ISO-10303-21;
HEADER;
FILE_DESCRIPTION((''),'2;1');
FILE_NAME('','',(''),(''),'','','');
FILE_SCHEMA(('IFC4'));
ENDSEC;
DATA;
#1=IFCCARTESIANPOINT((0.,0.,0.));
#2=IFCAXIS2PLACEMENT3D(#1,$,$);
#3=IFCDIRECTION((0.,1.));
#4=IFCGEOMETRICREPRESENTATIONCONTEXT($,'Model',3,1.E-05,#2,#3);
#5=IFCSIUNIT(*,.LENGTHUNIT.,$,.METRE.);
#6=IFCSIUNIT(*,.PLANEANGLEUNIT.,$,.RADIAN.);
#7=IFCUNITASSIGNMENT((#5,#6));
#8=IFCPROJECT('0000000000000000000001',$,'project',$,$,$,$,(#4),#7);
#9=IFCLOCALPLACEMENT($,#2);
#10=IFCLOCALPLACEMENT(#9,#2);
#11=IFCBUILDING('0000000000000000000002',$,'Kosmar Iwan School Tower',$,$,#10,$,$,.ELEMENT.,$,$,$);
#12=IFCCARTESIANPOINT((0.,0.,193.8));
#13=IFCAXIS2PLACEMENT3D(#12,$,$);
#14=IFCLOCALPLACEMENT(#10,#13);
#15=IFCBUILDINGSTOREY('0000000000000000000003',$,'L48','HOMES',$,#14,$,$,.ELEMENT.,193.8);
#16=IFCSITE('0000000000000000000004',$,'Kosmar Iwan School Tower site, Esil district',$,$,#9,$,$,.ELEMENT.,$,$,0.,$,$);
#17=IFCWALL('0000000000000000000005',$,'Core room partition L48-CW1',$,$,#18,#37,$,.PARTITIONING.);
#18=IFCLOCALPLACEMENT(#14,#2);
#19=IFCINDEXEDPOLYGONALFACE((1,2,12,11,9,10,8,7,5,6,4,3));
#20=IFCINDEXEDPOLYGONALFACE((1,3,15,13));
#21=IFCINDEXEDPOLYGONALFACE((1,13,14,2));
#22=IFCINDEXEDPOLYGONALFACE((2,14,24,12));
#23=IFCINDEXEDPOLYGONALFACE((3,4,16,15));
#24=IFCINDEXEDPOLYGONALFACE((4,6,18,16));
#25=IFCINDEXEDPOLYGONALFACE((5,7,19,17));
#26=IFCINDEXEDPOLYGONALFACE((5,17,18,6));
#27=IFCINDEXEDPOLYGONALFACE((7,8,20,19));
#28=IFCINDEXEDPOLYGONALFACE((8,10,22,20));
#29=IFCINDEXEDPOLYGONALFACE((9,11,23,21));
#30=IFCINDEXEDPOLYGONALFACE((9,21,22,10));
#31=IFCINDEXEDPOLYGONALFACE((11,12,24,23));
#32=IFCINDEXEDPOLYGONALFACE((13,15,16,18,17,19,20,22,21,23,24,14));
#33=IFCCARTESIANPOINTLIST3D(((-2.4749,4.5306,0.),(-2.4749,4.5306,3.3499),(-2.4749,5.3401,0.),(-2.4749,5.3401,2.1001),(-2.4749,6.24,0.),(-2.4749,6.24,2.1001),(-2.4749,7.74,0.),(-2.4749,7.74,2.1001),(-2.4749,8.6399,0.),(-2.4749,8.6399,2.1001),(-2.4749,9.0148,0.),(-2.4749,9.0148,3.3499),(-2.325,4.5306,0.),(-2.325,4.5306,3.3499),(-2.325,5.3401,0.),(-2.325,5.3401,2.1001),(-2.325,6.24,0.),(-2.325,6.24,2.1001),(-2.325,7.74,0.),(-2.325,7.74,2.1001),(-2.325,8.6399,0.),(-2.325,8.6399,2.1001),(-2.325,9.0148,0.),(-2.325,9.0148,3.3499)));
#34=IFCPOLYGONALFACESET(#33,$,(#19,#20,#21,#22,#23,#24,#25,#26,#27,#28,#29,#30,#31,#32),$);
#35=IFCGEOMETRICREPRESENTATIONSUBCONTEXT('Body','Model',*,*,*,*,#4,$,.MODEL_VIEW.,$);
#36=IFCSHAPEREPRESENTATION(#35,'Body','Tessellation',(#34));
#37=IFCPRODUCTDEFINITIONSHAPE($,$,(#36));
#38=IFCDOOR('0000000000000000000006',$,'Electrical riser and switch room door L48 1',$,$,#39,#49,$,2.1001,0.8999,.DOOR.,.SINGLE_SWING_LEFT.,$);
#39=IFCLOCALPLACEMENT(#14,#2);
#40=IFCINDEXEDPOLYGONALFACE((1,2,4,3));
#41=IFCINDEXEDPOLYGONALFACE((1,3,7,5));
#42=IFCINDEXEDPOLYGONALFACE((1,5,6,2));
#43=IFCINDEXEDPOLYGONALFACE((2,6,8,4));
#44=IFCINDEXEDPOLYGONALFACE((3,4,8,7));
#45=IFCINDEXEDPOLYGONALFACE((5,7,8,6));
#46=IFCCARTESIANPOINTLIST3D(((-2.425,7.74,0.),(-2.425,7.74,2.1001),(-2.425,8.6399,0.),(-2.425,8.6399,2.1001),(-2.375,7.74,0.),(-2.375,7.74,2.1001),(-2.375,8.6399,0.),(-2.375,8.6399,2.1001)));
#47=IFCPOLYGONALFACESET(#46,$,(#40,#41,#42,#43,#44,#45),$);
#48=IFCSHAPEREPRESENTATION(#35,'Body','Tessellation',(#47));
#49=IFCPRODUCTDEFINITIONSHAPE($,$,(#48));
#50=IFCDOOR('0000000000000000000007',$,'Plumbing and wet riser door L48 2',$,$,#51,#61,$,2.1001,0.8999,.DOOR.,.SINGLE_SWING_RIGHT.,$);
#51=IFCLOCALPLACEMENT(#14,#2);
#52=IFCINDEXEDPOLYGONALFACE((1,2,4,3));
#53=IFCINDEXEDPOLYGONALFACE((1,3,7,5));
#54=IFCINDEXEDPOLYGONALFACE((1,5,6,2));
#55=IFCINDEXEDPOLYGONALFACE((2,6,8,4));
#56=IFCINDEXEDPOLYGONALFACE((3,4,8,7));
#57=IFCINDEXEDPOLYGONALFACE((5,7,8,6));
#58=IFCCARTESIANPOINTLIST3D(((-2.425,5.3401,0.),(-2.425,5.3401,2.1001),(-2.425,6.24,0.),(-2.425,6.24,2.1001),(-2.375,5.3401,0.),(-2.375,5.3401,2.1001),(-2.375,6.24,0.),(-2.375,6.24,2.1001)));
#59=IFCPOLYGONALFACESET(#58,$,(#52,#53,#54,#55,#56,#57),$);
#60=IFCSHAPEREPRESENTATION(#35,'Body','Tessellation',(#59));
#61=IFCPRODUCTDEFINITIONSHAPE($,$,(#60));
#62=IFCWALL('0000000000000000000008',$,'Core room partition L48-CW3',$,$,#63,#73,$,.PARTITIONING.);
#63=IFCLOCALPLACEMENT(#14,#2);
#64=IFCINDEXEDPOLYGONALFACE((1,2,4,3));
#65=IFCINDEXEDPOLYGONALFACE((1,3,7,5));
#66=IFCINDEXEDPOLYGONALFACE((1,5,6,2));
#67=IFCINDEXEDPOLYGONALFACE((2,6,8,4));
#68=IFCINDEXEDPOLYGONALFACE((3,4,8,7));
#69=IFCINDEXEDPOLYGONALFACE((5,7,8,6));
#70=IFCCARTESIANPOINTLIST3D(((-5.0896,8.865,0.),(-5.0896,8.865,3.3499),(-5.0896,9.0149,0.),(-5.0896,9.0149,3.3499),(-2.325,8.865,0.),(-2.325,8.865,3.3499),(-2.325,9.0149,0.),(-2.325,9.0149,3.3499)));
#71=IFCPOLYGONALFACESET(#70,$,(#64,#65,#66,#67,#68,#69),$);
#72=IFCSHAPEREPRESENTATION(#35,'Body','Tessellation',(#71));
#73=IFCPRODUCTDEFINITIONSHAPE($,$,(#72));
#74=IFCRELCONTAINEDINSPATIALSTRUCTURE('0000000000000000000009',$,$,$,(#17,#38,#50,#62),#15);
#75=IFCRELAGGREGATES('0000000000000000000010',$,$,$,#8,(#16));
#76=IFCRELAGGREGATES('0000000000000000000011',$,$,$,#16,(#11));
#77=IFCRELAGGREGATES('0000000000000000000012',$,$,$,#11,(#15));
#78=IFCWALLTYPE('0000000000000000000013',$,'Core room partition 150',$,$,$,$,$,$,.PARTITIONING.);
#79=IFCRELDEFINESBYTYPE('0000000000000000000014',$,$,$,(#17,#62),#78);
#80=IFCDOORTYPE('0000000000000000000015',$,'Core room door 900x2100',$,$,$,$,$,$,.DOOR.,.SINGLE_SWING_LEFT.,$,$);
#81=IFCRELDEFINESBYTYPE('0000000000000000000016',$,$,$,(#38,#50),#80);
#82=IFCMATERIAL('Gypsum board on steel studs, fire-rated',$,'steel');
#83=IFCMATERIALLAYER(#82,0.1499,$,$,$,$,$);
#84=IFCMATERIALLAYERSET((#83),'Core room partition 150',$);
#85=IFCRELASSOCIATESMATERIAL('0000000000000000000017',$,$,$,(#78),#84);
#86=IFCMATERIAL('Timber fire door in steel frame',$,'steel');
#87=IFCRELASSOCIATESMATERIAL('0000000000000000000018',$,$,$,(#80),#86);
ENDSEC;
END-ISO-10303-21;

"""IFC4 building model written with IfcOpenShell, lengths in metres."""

from ifc_helpers import new_model, si_unit, direction, frame, frame_2d, origin, place, context, subcontext, project, spatial, rectangle, extrude, material, layer, layer_set, type_object, element, fill, save


model = new_model("IFC4")

# Units and contexts
model_context = context("Model", 3, precision=1e-05, world=origin(), true_north=direction((0.0, 1.0)))
body_context = subcontext(model_context, "Body", "Model", "MODEL_VIEW")
ifc_project = project(units=[si_unit("LENGTHUNIT", "METRE"), si_unit("PLANEANGLEUNIT", "RADIAN")], contexts=[model_context])

# Site, building, storey
site_placement = place(None, origin())
site = spatial("IfcSite", under=ifc_project, at=site_placement, Name="Kosmar Iwan School Tower site, Esil district", CompositionType="ELEMENT", RefElevation=0.0)
building_placement = place(site_placement, origin())
building = spatial("IfcBuilding", under=site, at=building_placement, Name="Kosmar Iwan School Tower", CompositionType="ELEMENT")
storey_placement = place(building_placement, frame((0.0, 0.0, 193.8)))
storey = spatial("IfcBuildingStorey", under=building, at=storey_placement, Name="L48", Description="HOMES", CompositionType="ELEMENT", Elevation=193.8)

# Wall, openings, doors
ifc_material_1 = material(Name="Gypsum board on steel studs, fire-rated", Category="steel")
ifc_layer_1 = layer(ifc_material_1, 0.1499)
ifc_layer_set_1 = layer_set([ifc_layer_1], Name="Core room partition 150")
wall_type_1 = type_object("IfcWallType", Name="Core room partition 150", PredefinedType="PARTITIONING", material=ifc_layer_set_1)
wall_1_placement = place(storey_placement, frame((-2.3999, 9.0149, 0.0), z_axis=(0.0, 0.0, 1.0), x_axis=(0.0, -1.0, 0.0)))
wall_1 = element("IfcWall", 1, at=wall_1_placement, inside=storey, type_object=wall_type_1, Name="Core room partition L48-CW1", PredefinedType="PARTITIONING", context=body_context, shape_type="SweptSolid", body=[
    extrude(rectangle(XDim=4.4841, YDim=0.1499, at=frame_2d((2.2422, 0.0))), origin(), (0.0, 0.0, 1.0), 3.3499),
])
opening_1_placement = place(wall_1_placement, frame((0.375, 0.0, 0.0)))
opening_1 = element("IfcOpeningElement", 2, at=opening_1_placement, cuts=wall_1, PredefinedType="OPENING", context=body_context, shape_type="SweptSolid", body=[
    extrude(rectangle(XDim=0.8999, YDim=2.1001, at=frame_2d((0.45, 1.05))), frame((0.0, 0.0869, 0.0), z_axis=(0.0, -1.0, 0.0), x_axis=(1.0, 0.0, 0.0)), (0.0, 0.0, 1.0), 0.1738),
])
opening_2_placement = place(wall_1_placement, frame((2.7749, 0.0, 0.0)))
opening_2 = element("IfcOpeningElement", 3, at=opening_2_placement, cuts=wall_1, PredefinedType="OPENING", context=body_context, shape_type="SweptSolid", body=[
    extrude(rectangle(XDim=0.8999, YDim=2.1001, at=frame_2d((0.45, 1.05))), frame((0.0, 0.0869, 0.0), z_axis=(0.0, -1.0, 0.0), x_axis=(1.0, 0.0, 0.0)), (0.0, 0.0, 1.0), 0.1738),
])
ifc_material_2 = material(Name="Timber fire door in steel frame", Category="steel")
door_type_1 = type_object("IfcDoorType", Name="Core room door 900x2100", OperationType="SINGLE_SWING_LEFT", PredefinedType="DOOR", material=ifc_material_2)
door_1_placement = place(opening_1_placement, origin())
door_1 = element("IfcDoor", 4, at=door_1_placement, inside=storey, type_object=door_type_1, Name="Electrical riser and switch room door L48 1", OperationType="SINGLE_SWING_LEFT", OverallHeight=2.1001, OverallWidth=0.8999, PredefinedType="DOOR", context=body_context, shape_type="SweptSolid", body=[
    extrude(rectangle(XDim=0.8999, YDim=2.1001, at=frame_2d((0.45, 1.05))), frame((0.0, 0.0249, 0.0), z_axis=(0.0, -1.0, 0.0), x_axis=(1.0, 0.0, 0.0)), (0.0, 0.0, 1.0), 0.05),
])
fill(opening_1, door_1)
door_2_placement = place(opening_2_placement, origin())
door_2 = element("IfcDoor", 5, at=door_2_placement, inside=storey, type_object=door_type_1, Name="Plumbing and wet riser door L48 2", OperationType="SINGLE_SWING_RIGHT", OverallHeight=2.1001, OverallWidth=0.8999, PredefinedType="DOOR", context=body_context, shape_type="SweptSolid", body=[
    extrude(rectangle(XDim=0.8999, YDim=2.1001, at=frame_2d((0.45, 1.05))), frame((0.0, 0.0249, 0.0), z_axis=(0.0, -1.0, 0.0), x_axis=(1.0, 0.0, 0.0)), (0.0, 0.0, 1.0), 0.05),
])
fill(opening_2, door_2)

# Wall
wall_2_placement = place(storey_placement, frame((-5.0896, 8.9399, 0.0), z_axis=(0.0, 0.0, 1.0), x_axis=(1.0, 0.0, 0.0)))
element("IfcWall", 6, at=wall_2_placement, inside=storey, type_object=wall_type_1, Name="Core room partition L48-CW3", PredefinedType="PARTITIONING", context=body_context, shape_type="SweptSolid", body=[
    extrude(rectangle(XDim=2.7646, YDim=0.1499, at=frame_2d((1.3823, 0.0))), origin(), (0.0, 0.0, 1.0), 3.3499),
])

save(model, "model.ifc")
